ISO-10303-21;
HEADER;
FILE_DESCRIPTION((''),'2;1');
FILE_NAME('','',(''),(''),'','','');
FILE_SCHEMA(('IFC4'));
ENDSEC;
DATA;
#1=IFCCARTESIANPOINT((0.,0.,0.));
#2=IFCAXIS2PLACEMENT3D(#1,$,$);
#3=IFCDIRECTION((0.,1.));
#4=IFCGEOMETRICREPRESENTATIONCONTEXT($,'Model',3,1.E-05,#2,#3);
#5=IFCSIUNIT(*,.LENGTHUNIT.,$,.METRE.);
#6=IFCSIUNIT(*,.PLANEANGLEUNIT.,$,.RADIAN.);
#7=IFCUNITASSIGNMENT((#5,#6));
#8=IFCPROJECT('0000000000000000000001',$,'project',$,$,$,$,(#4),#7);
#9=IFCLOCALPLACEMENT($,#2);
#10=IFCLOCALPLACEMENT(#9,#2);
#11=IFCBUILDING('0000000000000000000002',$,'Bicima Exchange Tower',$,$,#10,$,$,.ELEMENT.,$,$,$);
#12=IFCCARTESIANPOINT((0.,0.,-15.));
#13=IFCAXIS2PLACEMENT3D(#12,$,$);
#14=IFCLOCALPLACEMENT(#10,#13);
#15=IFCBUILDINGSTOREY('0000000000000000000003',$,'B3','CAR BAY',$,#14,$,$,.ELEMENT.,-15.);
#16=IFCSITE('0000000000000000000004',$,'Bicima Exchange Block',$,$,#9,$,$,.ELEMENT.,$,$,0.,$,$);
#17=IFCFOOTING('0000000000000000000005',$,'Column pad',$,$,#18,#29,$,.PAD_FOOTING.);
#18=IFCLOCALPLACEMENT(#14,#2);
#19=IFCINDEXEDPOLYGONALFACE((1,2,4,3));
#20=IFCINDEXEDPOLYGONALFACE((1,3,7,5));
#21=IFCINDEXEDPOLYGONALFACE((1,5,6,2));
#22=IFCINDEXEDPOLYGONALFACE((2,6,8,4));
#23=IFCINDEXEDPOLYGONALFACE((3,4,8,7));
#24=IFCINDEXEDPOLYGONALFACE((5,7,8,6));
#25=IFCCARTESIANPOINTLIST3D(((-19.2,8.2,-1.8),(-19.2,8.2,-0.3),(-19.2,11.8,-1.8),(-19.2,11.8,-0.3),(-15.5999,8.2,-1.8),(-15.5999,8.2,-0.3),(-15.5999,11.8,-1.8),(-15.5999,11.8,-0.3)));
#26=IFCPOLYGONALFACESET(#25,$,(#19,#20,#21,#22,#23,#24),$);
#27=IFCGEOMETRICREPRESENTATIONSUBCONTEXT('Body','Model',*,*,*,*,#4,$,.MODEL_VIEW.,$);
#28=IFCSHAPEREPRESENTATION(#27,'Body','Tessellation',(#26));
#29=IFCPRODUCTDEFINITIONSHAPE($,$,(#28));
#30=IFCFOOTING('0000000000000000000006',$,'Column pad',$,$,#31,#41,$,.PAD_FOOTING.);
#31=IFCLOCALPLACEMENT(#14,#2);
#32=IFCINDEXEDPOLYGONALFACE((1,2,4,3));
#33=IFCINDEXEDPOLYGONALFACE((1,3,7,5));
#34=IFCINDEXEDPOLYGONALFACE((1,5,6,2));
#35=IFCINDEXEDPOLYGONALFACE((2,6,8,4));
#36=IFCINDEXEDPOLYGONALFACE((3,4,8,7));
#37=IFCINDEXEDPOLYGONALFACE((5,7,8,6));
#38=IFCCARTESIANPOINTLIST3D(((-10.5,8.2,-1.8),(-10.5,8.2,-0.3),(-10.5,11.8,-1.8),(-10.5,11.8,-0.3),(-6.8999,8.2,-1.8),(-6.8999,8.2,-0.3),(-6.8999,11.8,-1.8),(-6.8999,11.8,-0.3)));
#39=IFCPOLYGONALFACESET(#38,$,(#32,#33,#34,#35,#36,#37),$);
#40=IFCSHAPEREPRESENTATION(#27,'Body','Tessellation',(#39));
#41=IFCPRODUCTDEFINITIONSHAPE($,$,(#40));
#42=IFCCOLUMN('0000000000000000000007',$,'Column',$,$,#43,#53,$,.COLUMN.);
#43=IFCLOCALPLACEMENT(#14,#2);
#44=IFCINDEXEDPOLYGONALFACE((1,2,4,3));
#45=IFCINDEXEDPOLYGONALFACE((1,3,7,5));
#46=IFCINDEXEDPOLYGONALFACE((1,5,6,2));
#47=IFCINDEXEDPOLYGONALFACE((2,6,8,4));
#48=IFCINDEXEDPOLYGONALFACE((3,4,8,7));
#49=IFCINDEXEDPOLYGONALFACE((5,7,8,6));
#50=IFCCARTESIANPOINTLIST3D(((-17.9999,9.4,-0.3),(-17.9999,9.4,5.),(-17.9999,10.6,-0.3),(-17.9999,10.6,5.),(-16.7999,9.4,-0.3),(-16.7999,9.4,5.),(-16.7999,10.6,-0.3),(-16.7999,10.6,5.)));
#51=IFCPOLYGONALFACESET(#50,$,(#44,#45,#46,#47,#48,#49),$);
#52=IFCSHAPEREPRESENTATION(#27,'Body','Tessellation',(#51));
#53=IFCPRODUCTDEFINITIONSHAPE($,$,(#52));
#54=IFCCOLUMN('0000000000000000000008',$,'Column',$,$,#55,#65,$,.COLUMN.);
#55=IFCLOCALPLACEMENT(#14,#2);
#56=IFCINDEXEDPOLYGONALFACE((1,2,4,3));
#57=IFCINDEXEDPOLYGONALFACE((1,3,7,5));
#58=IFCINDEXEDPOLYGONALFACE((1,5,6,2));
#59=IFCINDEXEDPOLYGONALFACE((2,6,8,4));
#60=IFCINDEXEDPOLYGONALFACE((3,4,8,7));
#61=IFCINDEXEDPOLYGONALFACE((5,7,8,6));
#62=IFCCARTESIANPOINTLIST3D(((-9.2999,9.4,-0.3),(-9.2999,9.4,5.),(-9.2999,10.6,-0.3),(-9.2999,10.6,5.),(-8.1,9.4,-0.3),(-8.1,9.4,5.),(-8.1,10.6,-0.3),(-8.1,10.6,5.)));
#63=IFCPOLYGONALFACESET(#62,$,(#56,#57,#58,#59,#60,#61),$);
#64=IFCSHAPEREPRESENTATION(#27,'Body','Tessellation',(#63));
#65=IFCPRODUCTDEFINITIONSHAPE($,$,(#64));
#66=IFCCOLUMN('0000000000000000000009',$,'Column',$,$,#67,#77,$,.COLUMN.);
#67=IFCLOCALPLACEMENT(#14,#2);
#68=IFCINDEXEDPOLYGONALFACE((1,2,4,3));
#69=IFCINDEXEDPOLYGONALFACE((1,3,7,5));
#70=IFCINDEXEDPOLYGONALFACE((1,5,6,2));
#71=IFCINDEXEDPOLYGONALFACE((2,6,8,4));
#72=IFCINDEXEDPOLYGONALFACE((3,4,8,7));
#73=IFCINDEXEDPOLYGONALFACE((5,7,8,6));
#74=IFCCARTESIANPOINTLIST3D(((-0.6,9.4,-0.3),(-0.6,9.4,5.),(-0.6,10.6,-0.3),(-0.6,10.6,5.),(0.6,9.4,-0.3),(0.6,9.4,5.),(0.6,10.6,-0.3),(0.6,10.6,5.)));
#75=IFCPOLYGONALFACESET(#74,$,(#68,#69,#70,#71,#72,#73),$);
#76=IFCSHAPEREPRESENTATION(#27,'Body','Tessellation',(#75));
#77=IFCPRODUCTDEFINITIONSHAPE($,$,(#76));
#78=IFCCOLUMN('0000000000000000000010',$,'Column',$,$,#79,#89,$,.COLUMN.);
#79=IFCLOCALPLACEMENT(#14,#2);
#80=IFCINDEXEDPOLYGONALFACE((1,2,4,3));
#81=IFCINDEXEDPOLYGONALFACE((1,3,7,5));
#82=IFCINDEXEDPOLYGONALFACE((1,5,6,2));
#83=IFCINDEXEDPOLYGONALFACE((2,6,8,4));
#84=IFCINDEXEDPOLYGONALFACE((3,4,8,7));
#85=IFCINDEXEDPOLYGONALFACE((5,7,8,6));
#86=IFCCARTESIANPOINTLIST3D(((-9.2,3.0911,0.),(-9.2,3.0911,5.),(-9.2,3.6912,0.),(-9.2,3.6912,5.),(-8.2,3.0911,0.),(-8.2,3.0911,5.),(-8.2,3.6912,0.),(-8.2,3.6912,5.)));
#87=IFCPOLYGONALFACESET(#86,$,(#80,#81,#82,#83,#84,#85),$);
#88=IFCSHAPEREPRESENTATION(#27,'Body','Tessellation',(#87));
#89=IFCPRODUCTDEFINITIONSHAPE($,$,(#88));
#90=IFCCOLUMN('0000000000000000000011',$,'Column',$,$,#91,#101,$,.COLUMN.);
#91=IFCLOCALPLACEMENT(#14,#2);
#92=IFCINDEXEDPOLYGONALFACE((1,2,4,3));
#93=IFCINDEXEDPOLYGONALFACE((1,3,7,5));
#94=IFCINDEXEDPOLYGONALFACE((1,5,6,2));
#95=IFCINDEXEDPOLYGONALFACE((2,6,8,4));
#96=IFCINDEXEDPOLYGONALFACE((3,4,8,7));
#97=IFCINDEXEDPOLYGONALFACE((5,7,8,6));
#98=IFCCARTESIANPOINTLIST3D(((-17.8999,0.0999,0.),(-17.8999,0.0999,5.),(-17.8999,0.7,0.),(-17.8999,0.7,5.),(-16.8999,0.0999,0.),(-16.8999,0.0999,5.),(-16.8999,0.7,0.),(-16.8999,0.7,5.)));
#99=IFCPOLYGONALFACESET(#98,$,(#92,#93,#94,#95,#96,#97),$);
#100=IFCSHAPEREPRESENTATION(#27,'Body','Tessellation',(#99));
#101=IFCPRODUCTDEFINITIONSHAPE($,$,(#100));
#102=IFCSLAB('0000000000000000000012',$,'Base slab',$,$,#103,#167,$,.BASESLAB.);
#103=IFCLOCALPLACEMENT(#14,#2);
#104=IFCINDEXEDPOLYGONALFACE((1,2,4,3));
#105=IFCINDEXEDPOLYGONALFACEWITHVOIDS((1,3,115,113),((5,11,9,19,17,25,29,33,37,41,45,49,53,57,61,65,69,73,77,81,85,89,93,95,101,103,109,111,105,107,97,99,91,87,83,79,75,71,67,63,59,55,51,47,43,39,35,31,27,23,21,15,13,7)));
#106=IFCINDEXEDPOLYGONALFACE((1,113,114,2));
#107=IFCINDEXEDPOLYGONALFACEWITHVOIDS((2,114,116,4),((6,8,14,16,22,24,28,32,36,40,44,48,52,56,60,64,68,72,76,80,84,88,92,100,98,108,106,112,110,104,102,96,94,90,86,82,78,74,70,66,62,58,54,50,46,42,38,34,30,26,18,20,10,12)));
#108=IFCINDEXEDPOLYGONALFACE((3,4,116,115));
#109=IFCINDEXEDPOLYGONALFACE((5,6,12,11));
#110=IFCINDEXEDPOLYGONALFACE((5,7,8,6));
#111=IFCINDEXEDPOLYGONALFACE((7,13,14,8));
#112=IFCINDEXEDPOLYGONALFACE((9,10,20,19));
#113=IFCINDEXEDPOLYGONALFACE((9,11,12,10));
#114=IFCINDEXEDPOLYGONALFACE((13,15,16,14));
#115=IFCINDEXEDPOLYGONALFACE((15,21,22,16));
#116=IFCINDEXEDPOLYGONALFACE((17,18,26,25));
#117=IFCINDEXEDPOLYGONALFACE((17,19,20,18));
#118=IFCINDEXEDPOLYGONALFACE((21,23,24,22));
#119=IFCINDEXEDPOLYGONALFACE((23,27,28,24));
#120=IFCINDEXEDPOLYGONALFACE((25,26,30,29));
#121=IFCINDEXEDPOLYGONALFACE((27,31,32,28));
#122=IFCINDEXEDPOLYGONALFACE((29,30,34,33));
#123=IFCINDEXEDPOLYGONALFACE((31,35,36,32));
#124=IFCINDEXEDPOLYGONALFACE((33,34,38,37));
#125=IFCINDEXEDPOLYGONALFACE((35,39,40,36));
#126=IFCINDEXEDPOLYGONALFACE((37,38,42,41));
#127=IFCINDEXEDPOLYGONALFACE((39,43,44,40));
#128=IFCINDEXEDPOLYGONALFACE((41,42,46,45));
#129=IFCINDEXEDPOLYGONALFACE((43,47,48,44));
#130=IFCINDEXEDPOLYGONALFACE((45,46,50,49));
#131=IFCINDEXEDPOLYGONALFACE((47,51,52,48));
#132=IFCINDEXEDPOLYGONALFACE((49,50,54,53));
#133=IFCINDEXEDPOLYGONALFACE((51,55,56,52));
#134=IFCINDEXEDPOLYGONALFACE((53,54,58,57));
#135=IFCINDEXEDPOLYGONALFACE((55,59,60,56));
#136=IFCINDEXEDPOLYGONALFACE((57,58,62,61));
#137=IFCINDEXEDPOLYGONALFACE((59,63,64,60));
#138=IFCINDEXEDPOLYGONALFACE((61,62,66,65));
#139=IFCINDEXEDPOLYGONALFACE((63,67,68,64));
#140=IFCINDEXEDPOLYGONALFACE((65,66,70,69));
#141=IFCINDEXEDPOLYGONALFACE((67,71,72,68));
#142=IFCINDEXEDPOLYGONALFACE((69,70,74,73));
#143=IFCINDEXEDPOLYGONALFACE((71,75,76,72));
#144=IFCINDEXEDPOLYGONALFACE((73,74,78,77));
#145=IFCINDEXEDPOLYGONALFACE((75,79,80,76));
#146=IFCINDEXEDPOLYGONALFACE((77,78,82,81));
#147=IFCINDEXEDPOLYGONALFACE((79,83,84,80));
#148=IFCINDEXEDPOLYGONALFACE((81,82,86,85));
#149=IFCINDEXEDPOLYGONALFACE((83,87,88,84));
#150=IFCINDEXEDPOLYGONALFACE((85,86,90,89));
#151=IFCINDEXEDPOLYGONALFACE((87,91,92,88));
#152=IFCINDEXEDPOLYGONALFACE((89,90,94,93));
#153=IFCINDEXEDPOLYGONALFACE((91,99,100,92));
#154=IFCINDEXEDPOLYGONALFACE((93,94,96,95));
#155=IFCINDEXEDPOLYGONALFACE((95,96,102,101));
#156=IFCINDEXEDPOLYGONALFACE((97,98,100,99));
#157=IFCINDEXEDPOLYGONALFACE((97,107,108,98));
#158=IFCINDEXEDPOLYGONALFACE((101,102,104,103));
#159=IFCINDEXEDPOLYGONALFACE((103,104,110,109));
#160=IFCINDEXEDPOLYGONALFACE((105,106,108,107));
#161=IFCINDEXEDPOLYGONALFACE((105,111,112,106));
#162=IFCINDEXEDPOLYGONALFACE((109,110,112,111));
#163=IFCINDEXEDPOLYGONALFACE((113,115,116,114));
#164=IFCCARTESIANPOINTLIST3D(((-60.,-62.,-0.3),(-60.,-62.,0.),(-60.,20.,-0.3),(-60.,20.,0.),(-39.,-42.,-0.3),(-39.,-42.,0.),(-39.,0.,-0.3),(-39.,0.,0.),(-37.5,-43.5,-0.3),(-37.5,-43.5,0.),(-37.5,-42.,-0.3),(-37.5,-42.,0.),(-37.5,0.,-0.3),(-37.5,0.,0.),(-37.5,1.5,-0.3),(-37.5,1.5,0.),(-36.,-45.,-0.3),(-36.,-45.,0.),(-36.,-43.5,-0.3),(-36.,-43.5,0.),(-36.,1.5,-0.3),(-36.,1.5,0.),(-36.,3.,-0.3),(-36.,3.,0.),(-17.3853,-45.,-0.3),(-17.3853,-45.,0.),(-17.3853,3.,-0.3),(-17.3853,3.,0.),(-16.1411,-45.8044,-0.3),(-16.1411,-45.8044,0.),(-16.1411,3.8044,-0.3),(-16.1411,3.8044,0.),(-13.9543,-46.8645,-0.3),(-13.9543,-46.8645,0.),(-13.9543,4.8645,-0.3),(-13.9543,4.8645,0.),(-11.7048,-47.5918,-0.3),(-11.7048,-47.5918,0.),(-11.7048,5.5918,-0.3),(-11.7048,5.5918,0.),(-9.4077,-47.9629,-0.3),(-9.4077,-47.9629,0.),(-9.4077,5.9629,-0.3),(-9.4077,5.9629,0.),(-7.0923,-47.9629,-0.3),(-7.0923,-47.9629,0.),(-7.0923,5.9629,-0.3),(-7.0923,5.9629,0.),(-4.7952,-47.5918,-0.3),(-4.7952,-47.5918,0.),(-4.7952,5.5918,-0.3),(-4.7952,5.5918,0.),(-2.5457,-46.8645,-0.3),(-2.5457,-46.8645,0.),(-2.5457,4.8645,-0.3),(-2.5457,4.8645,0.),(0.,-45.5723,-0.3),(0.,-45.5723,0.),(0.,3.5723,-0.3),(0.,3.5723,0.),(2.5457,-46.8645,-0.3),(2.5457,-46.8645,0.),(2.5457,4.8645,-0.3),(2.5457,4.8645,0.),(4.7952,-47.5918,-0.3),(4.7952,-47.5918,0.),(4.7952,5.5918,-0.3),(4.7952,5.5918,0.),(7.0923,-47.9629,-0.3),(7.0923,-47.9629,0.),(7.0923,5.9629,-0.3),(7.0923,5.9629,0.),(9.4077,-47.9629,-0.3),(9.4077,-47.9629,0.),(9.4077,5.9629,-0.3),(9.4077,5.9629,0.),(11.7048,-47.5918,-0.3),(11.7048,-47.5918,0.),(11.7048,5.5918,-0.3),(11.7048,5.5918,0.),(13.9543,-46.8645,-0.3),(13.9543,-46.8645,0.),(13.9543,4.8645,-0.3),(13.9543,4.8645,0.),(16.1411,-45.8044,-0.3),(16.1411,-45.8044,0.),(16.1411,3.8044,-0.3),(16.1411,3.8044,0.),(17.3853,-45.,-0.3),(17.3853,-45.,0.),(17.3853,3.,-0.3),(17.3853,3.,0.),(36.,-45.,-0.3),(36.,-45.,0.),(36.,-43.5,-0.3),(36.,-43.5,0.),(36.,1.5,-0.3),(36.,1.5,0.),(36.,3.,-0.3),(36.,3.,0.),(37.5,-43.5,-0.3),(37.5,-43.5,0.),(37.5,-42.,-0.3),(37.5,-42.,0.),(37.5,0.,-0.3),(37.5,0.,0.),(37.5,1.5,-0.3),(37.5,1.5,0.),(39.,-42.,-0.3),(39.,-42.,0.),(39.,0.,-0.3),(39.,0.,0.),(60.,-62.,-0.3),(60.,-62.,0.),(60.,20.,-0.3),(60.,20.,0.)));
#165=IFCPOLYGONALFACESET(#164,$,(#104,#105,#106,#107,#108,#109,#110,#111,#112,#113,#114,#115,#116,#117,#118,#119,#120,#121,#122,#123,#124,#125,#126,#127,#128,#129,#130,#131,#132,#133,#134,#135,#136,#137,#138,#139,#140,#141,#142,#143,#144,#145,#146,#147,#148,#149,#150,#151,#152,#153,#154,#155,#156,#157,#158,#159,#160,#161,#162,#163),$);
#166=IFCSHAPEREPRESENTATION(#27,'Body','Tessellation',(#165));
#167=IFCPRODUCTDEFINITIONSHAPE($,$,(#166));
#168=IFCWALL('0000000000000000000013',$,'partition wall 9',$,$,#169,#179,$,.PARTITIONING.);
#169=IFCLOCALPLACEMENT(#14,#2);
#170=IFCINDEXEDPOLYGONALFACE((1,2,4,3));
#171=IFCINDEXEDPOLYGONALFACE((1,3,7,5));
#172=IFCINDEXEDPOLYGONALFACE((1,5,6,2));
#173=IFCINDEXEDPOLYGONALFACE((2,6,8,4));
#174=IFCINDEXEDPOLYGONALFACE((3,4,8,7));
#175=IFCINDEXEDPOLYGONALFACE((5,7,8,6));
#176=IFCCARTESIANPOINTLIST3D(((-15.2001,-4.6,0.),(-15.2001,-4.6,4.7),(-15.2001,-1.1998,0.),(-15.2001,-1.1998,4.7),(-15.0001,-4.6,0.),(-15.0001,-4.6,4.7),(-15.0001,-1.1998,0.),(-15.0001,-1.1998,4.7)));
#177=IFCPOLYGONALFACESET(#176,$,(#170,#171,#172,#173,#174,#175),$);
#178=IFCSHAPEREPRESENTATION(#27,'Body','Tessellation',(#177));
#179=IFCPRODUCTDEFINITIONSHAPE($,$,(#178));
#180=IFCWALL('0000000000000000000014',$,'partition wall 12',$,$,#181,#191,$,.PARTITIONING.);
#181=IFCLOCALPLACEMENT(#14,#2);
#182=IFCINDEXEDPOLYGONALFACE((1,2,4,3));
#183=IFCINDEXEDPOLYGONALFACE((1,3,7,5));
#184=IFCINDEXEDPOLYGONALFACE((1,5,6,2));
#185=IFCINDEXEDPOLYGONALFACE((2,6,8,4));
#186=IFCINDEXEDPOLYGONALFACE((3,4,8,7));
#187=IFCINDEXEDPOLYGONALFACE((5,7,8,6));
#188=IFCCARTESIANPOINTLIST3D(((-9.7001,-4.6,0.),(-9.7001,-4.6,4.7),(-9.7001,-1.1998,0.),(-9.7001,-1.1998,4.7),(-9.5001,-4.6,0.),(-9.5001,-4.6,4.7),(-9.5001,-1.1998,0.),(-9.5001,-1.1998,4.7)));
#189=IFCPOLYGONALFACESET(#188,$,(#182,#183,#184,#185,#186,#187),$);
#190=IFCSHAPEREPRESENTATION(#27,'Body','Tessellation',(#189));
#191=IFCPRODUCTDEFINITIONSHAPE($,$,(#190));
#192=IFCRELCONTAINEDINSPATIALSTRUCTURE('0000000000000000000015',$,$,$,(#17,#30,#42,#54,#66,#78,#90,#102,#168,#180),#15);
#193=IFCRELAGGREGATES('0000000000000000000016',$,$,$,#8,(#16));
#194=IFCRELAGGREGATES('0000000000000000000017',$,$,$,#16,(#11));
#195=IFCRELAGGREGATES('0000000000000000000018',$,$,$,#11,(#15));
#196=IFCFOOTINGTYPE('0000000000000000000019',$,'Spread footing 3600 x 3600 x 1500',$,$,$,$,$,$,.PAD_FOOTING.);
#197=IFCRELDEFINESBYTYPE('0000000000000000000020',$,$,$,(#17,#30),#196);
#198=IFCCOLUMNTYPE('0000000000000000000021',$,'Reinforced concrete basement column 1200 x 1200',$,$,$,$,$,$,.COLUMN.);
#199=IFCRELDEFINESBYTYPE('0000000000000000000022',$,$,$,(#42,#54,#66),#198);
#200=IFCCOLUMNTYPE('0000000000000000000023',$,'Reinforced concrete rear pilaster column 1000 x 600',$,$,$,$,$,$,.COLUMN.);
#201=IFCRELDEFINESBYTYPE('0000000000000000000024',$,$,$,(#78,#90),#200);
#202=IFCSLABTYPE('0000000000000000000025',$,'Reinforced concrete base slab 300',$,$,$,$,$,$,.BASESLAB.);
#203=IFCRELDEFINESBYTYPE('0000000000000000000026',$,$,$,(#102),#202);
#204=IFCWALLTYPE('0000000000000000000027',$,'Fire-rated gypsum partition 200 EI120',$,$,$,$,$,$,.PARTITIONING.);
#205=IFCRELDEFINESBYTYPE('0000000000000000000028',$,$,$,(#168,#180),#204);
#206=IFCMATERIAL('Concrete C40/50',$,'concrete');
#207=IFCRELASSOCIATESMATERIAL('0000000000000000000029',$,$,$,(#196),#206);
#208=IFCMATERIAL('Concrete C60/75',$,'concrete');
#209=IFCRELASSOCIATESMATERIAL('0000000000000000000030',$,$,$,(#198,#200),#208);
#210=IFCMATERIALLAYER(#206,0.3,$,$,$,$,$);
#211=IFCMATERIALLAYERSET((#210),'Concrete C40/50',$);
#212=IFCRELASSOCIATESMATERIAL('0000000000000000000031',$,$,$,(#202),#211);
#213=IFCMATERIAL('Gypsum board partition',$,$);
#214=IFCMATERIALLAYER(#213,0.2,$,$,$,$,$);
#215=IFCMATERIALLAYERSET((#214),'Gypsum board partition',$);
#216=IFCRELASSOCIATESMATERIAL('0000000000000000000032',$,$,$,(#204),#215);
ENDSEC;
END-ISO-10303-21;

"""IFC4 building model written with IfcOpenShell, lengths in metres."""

from ifc_helpers import new_model, si_unit, direction, frame, frame_2d, origin, origin_2d, place, context, subcontext, project, spatial, polyline, rectangle, outline, extrude, material, layer, layer_set, material_profile, profile_set, type_object, element, save


model = new_model("IFC4")

# Units and contexts
model_context = context("Model", 3, precision=1e-05, world=origin(), true_north=direction((0.0, 1.0)))
body_context = subcontext(model_context, "Body", "Model", "MODEL_VIEW")
ifc_project = project(units=[si_unit("LENGTHUNIT", "METRE"), si_unit("PLANEANGLEUNIT", "RADIAN")], contexts=[model_context])

# Site, building, storey
site_placement = place(None, origin())
site = spatial("IfcSite", under=ifc_project, at=site_placement, Name="Bicima Exchange Block", CompositionType="ELEMENT", RefElevation=0.0)
building_placement = place(site_placement, origin())
building = spatial("IfcBuilding", under=site, at=building_placement, Name="Bicima Exchange Tower", CompositionType="ELEMENT")
storey_placement = place(building_placement, frame((0.0, 0.0, -15.0)))
storey = spatial("IfcBuildingStorey", under=building, at=storey_placement, Name="B3", Description="CAR BAY", CompositionType="ELEMENT", Elevation=-15.0)

# Footings
ifc_material_1 = material(Name="Concrete C40/50", Category="concrete")
footing_type_1 = type_object("IfcFootingType", Name="Spread footing 3600 x 3600 x 1500", PredefinedType="PAD_FOOTING", material=ifc_material_1)
for number, where, z_axis, x_axis, name in (
    (1, (-17.3999, 10.0, -1.8), (0.0, 0.0, 1.0), (1.0, 0.0, 0.0), "Column pad"),
    (2, (-8.7, 10.0, -1.8), (0.0, 0.0, 1.0), (1.0, 0.0, 0.0), "Column pad"),
):
    element("IfcFooting", number, at=place(storey_placement, frame(where, z_axis=z_axis, x_axis=x_axis)), inside=storey, type_object=footing_type_1, Name=name, PredefinedType="PAD_FOOTING", context=body_context, shape_type="SweptSolid", body=[
        extrude(rectangle(XDim=3.6001, YDim=3.6001, at=origin_2d()), origin(), (0.0, 0.0, 1.0), 1.5),
    ])

# Columns
ifc_material_2 = material(Name="Concrete C60/75", Category="concrete")
ifc_material_profile_1 = material_profile(ifc_material_2, rectangle(XDim=1.2, YDim=1.2, at=origin_2d()))
ifc_profile_set_1 = profile_set([ifc_material_profile_1], Name="Concrete C60/75")
column_type_1 = type_object("IfcColumnType", Name="Reinforced concrete basement column 1200 x 1200", PredefinedType="COLUMN", material=ifc_profile_set_1)
for number, where, z_axis, x_axis, name in (
    (3, (-17.3999, 10.0, -0.3), (0.0, 0.0, 1.0), (1.0, 0.0, 0.0), "Column"),
    (4, (-8.7, 10.0, -0.3), (0.0, 0.0, 1.0), (1.0, 0.0, 0.0), "Column"),
    (5, (0.0, 10.0, -0.3), (0.0, 0.0, 1.0), (1.0, 0.0, 0.0), "Column"),
):
    element("IfcColumn", number, at=place(storey_placement, frame(where, z_axis=z_axis, x_axis=x_axis)), inside=storey, type_object=column_type_1, Name=name, PredefinedType="COLUMN", context=body_context, shape_type="SweptSolid", body=[
        extrude(rectangle(XDim=1.2, YDim=1.2, at=origin_2d()), origin(), (0.0, 0.0, 1.0), 5.3),
    ])
ifc_material_profile_2 = material_profile(ifc_material_2, rectangle(XDim=1.0, YDim=0.6001, at=origin_2d()))
ifc_profile_set_2 = profile_set([ifc_material_profile_2], Name="Concrete C60/75")
column_type_2 = type_object("IfcColumnType", Name="Reinforced concrete rear pilaster column 1000 x 600", PredefinedType="COLUMN", material=ifc_profile_set_2)
for number, where, z_axis, x_axis, name in (
    (6, (-8.7, 3.3911, 0.0), (0.0, 0.0, 1.0), (1.0, 0.0, 0.0), "Column"),
    (7, (-17.3999, 0.3999, 0.0), (0.0, 0.0, 1.0), (1.0, 0.0, 0.0), "Column"),
):
    element("IfcColumn", number, at=place(storey_placement, frame(where, z_axis=z_axis, x_axis=x_axis)), inside=storey, type_object=column_type_2, Name=name, PredefinedType="COLUMN", context=body_context, shape_type="SweptSolid", body=[
        extrude(rectangle(XDim=1.0, YDim=0.6001, at=origin_2d()), origin(), (0.0, 0.0, 1.0), 5.0),
    ])

# Slab
ifc_layer_1 = layer(ifc_material_1, 0.3)
ifc_layer_set_1 = layer_set([ifc_layer_1], Name="Concrete C40/50")
slab_type = type_object("IfcSlabType", Name="Reinforced concrete base slab 300", PredefinedType="BASESLAB", material=ifc_layer_set_1)
slab_placement = place(storey_placement, frame((0.0, 0.0, -0.3)))
element("IfcSlab", 8, at=slab_placement, inside=storey, type_object=slab_type, Name="Base slab", PredefinedType="BASESLAB", context=body_context, shape_type="SweptSolid", body=[
    extrude(outline(polyline([(-60.0, 20.0), (60.0, 20.0), (60.0, -62.0), (-60.0, -62.0), (-60.0, 20.0)]), holes=[polyline([(-37.5, -43.5), (-36.0, -43.5), (-36.0, -45.0), (-17.3853, -45.0), (-16.1411, -45.8044), (-13.9543, -46.8645), (-11.7048, -47.5918), (-9.4077, -47.9629), (-7.0923, -47.9629), (-4.7952, -47.5918), (-2.5457, -46.8645), (0.0, -45.5723), (2.5457, -46.8645), (4.7952, -47.5918), (7.0923, -47.9629), (9.4077, -47.9629), (11.7048, -47.5918), (13.9543, -46.8645), (16.1411, -45.8044), (17.3853, -45.0), (36.0, -45.0), (36.0, -43.5), (37.5, -43.5), (37.5, -42.0), (39.0, -42.0), (39.0, 0.0), (37.5, 0.0), (37.5, 1.5), (36.0, 1.5), (36.0, 3.0), (17.3853, 3.0), (16.1411, 3.8044), (13.9543, 4.8645), (11.7048, 5.5918), (9.4077, 5.9629), (7.0923, 5.9629), (4.7952, 5.5918), (2.5457, 4.8645), (0.0, 3.5723), (-2.5457, 4.8645), (-4.7952, 5.5918), (-7.0923, 5.9629), (-9.4077, 5.9629), (-11.7048, 5.5918), (-13.9543, 4.8645), (-16.1411, 3.8044), (-17.3853, 3.0), (-36.0, 3.0), (-36.0, 1.5), (-37.5, 1.5), (-37.5, 0.0), (-39.0, 0.0), (-39.0, -42.0), (-37.5, -42.0), (-37.5, -43.5)])]), origin(), (0.0, 0.0, 1.0), 0.3),
])

# Walls
ifc_material_3 = material(Name="Gypsum board partition")
ifc_layer_2 = layer(ifc_material_3, 0.2)
ifc_layer_set_2 = layer_set([ifc_layer_2], Name="Gypsum board partition")
wall_type_1 = type_object("IfcWallType", Name="Fire-rated gypsum partition 200 EI120", PredefinedType="PARTITIONING", material=ifc_layer_set_2)
for number, where, z_axis, x_axis, name in (
    (9, (-15.1001, -4.6001, 0.0), (0.0, 0.0, 1.0), (0.0, 1.0, 0.0), "partition wall 9"),
    (10, (-9.6001, -4.6001, 0.0), (0.0, 0.0, 1.0), (0.0, 1.0, 0.0), "partition wall 12"),
):
    element("IfcWall", number, at=place(storey_placement, frame(where, z_axis=z_axis, x_axis=x_axis)), inside=storey, type_object=wall_type_1, Name=name, PredefinedType="PARTITIONING", context=body_context, shape_type="SweptSolid", body=[
        extrude(rectangle(XDim=3.4001, YDim=0.2, at=frame_2d((1.7002, 0.0))), origin(), (0.0, 0.0, 1.0), 4.7),
    ])

save(model, "model.ifc")
